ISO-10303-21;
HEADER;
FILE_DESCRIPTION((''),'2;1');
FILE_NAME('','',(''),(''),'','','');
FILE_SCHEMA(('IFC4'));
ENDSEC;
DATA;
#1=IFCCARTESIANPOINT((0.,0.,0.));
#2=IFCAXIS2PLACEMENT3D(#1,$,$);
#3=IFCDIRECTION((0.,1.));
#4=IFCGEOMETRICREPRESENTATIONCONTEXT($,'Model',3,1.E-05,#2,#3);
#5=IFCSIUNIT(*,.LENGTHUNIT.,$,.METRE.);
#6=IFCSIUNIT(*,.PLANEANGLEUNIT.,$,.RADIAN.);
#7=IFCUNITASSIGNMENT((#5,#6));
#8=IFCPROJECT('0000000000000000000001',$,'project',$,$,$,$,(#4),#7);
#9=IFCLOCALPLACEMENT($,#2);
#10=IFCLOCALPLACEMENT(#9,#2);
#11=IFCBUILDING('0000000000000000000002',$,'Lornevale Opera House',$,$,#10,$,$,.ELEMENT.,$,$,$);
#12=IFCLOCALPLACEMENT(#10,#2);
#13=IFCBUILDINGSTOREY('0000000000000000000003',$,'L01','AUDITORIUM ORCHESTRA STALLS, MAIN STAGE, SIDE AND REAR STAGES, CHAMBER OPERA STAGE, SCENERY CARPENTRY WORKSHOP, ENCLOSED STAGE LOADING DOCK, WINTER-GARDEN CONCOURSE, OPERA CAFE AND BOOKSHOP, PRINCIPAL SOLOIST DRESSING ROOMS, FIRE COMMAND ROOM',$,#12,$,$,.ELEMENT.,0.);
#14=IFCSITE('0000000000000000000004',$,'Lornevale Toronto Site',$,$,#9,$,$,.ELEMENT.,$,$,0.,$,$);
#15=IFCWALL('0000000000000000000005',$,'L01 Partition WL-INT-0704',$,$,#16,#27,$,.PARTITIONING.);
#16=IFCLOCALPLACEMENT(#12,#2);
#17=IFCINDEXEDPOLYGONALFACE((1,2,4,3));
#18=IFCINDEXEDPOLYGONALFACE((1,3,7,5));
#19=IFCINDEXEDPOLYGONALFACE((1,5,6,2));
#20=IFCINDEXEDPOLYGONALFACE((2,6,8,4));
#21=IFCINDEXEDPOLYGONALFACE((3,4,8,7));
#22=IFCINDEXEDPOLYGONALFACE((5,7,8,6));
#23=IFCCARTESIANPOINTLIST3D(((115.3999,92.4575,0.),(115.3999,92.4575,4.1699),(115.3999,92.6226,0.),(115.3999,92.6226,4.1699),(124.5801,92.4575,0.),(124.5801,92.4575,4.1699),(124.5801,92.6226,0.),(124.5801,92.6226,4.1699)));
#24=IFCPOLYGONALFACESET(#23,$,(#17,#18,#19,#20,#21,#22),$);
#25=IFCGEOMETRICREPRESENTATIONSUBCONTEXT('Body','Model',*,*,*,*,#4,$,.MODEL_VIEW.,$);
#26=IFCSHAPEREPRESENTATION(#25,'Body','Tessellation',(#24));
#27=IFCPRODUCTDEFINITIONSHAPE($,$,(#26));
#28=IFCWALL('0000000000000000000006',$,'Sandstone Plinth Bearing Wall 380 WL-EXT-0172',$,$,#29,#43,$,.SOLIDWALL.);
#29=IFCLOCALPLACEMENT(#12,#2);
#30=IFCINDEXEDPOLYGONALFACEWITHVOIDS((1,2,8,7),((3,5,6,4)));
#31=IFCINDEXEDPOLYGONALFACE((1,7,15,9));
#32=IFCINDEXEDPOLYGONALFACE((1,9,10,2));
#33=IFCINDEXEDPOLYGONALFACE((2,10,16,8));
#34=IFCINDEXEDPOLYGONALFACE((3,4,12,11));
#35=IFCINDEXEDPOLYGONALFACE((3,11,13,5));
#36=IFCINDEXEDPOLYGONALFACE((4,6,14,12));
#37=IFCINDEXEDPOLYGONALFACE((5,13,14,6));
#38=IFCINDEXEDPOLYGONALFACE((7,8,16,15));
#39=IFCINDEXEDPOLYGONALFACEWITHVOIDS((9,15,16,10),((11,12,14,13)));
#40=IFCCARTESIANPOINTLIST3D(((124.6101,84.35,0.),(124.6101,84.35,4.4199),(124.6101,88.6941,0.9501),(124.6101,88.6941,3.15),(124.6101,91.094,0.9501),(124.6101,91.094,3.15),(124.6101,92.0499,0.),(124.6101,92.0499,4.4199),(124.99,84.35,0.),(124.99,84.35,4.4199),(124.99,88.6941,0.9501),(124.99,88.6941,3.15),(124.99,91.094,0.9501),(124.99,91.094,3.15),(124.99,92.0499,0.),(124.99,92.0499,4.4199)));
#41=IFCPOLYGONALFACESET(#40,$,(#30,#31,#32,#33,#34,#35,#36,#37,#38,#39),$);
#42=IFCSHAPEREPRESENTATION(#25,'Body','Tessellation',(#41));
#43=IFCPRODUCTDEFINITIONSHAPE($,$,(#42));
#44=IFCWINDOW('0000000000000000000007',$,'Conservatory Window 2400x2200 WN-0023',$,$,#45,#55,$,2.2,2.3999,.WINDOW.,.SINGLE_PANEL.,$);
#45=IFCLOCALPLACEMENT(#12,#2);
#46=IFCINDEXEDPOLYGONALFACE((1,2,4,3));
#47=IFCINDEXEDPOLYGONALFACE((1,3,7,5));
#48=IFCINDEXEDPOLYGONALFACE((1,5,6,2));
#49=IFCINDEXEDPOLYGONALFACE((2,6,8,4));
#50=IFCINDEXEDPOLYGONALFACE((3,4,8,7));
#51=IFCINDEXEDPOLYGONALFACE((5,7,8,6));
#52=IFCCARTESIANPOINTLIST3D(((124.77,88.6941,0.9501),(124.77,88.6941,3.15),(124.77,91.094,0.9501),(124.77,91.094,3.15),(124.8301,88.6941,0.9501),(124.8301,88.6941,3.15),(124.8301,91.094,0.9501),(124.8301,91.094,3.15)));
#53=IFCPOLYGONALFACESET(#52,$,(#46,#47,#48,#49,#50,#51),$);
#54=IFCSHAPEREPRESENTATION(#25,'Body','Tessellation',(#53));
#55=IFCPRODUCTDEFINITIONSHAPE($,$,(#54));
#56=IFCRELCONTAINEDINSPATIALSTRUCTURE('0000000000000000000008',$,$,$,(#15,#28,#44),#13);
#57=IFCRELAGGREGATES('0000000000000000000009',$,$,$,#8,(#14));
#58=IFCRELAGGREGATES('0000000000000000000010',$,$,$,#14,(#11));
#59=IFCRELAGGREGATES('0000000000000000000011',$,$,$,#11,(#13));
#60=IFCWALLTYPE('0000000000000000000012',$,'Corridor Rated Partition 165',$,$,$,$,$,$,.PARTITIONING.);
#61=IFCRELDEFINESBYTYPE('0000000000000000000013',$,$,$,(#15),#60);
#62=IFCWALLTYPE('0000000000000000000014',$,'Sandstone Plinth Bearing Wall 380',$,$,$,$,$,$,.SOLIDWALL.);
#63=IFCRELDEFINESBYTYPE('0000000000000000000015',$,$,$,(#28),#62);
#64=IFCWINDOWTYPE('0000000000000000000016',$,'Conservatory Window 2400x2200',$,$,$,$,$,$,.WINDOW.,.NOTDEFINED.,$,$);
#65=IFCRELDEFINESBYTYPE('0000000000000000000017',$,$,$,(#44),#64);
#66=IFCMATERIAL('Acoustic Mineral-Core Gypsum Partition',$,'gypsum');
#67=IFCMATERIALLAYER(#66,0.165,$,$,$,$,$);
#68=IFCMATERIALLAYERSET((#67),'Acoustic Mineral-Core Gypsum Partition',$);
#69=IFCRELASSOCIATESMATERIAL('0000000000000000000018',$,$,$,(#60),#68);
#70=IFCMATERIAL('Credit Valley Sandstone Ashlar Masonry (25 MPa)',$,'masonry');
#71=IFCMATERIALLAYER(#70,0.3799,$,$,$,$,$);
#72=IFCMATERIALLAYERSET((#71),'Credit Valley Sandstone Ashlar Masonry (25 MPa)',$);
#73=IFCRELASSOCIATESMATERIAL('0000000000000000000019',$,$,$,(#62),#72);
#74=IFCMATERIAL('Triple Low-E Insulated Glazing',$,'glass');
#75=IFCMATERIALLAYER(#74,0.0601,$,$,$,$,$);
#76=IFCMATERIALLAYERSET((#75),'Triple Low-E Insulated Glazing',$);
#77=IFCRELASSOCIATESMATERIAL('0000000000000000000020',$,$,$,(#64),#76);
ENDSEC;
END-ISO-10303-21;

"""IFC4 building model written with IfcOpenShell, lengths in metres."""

from ifc_helpers import new_model, si_unit, direction, frame, frame_2d, origin, place, context, subcontext, project, spatial, rectangle, extrude, material, layer, layer_set, type_object, element, fill, save


model = new_model("IFC4")

# Units and contexts
model_context = context("Model", 3, precision=1e-05, world=origin(), true_north=direction((0.0, 1.0)))
body_context = subcontext(model_context, "Body", "Model", "MODEL_VIEW")
ifc_project = project(units=[si_unit("LENGTHUNIT", "METRE"), si_unit("PLANEANGLEUNIT", "RADIAN")], contexts=[model_context])

# Site, building, storey
site_placement = place(None, origin())
site = spatial("IfcSite", under=ifc_project, at=site_placement, Name="Lornevale Toronto Site", CompositionType="ELEMENT", RefElevation=0.0)
building_placement = place(site_placement, origin())
building = spatial("IfcBuilding", under=site, at=building_placement, Name="Lornevale Opera House", CompositionType="ELEMENT")
storey_placement = place(building_placement, origin())
storey = spatial("IfcBuildingStorey", under=building, at=storey_placement, Name="L01", Description="AUDITORIUM ORCHESTRA STALLS, MAIN STAGE, SIDE AND REAR STAGES, CHAMBER OPERA STAGE, SCENERY CARPENTRY WORKSHOP, ENCLOSED STAGE LOADING DOCK, WINTER-GARDEN CONCOURSE, OPERA CAFE AND BOOKSHOP, PRINCIPAL SOLOIST DRESSING ROOMS, FIRE COMMAND ROOM", CompositionType="ELEMENT", Elevation=0.0)

# Wall
ifc_material_1 = material(Name="Acoustic Mineral-Core Gypsum Partition", Category="gypsum")
ifc_layer_1 = layer(ifc_material_1, 0.165)
ifc_layer_set_1 = layer_set([ifc_layer_1], Name="Acoustic Mineral-Core Gypsum Partition")
wall_type_1 = type_object("IfcWallType", Name="Corridor Rated Partition 165", PredefinedType="PARTITIONING", material=ifc_layer_set_1)
wall_1_placement = place(storey_placement, frame((115.3999, 92.54, 0.0), z_axis=(0.0, 0.0, 1.0), x_axis=(1.0, 0.0, 0.0)))
element("IfcWall", 1, at=wall_1_placement, inside=storey, type_object=wall_type_1, Name="L01 Partition WL-INT-0704", PredefinedType="PARTITIONING", context=body_context, shape_type="SweptSolid", body=[
    extrude(rectangle(XDim=9.1802, YDim=0.165, at=frame_2d((4.5901, 0.0))), origin(), (0.0, 0.0, 1.0), 4.1699),
])

# Wall, opening, window
ifc_material_2 = material(Name="Credit Valley Sandstone Ashlar Masonry (25 MPa)", Category="masonry")
ifc_layer_2 = layer(ifc_material_2, 0.3799)
ifc_layer_set_2 = layer_set([ifc_layer_2], Name="Credit Valley Sandstone Ashlar Masonry (25 MPa)")
wall_type_2 = type_object("IfcWallType", Name="Sandstone Plinth Bearing Wall 380", PredefinedType="SOLIDWALL", material=ifc_layer_set_2)
wall_2_placement = place(storey_placement, frame((124.8, 92.05, 0.0), z_axis=(0.0, 0.0, 1.0), x_axis=(0.0, -1.0, 0.0)))
wall_2 = element("IfcWall", 2, at=wall_2_placement, inside=storey, type_object=wall_type_2, Name="Sandstone Plinth Bearing Wall 380 WL-EXT-0172", PredefinedType="SOLIDWALL", context=body_context, shape_type="SweptSolid", body=[
    extrude(rectangle(XDim=7.7, YDim=0.3799, at=frame_2d((3.8501, 0.0))), origin(), (0.0, 0.0, 1.0), 4.4199),
])
opening_placement = place(wall_2_placement, frame((0.9561, 0.0, 0.95)))
opening = element("IfcOpeningElement", 3, at=opening_placement, cuts=wall_2, PredefinedType="OPENING", context=body_context, shape_type="SweptSolid", body=[
    extrude(rectangle(XDim=2.3999, YDim=2.2, at=frame_2d((1.2, 1.1001))), frame((0.0, 0.2, 0.0), z_axis=(0.0, -1.0, 0.0), x_axis=(1.0, 0.0, 0.0)), (0.0, 0.0, 1.0), 0.3999),
])
ifc_material_3 = material(Name="Triple Low-E Insulated Glazing", Category="glass")
ifc_layer_3 = layer(ifc_material_3, 0.0601)
ifc_layer_set_3 = layer_set([ifc_layer_3], Name="Triple Low-E Insulated Glazing")
window_type = type_object("IfcWindowType", Name="Conservatory Window 2400x2200", PartitioningType="NOTDEFINED", PredefinedType="WINDOW", material=ifc_layer_set_3)
window_placement = place(opening_placement, origin())
window = element("IfcWindow", 4, at=window_placement, inside=storey, type_object=window_type, Name="Conservatory Window 2400x2200 WN-0023", OverallHeight=2.2, OverallWidth=2.3999, PartitioningType="SINGLE_PANEL", PredefinedType="WINDOW", context=body_context, shape_type="SweptSolid", body=[
    extrude(rectangle(XDim=2.3999, YDim=2.2, at=frame_2d((1.2, 1.1001))), frame((0.0, 0.03, 0.0), z_axis=(0.0, -1.0, 0.0), x_axis=(1.0, 0.0, 0.0)), (0.0, 0.0, 1.0), 0.0601),
])
fill(opening, window)

save(model, "model.ifc")
